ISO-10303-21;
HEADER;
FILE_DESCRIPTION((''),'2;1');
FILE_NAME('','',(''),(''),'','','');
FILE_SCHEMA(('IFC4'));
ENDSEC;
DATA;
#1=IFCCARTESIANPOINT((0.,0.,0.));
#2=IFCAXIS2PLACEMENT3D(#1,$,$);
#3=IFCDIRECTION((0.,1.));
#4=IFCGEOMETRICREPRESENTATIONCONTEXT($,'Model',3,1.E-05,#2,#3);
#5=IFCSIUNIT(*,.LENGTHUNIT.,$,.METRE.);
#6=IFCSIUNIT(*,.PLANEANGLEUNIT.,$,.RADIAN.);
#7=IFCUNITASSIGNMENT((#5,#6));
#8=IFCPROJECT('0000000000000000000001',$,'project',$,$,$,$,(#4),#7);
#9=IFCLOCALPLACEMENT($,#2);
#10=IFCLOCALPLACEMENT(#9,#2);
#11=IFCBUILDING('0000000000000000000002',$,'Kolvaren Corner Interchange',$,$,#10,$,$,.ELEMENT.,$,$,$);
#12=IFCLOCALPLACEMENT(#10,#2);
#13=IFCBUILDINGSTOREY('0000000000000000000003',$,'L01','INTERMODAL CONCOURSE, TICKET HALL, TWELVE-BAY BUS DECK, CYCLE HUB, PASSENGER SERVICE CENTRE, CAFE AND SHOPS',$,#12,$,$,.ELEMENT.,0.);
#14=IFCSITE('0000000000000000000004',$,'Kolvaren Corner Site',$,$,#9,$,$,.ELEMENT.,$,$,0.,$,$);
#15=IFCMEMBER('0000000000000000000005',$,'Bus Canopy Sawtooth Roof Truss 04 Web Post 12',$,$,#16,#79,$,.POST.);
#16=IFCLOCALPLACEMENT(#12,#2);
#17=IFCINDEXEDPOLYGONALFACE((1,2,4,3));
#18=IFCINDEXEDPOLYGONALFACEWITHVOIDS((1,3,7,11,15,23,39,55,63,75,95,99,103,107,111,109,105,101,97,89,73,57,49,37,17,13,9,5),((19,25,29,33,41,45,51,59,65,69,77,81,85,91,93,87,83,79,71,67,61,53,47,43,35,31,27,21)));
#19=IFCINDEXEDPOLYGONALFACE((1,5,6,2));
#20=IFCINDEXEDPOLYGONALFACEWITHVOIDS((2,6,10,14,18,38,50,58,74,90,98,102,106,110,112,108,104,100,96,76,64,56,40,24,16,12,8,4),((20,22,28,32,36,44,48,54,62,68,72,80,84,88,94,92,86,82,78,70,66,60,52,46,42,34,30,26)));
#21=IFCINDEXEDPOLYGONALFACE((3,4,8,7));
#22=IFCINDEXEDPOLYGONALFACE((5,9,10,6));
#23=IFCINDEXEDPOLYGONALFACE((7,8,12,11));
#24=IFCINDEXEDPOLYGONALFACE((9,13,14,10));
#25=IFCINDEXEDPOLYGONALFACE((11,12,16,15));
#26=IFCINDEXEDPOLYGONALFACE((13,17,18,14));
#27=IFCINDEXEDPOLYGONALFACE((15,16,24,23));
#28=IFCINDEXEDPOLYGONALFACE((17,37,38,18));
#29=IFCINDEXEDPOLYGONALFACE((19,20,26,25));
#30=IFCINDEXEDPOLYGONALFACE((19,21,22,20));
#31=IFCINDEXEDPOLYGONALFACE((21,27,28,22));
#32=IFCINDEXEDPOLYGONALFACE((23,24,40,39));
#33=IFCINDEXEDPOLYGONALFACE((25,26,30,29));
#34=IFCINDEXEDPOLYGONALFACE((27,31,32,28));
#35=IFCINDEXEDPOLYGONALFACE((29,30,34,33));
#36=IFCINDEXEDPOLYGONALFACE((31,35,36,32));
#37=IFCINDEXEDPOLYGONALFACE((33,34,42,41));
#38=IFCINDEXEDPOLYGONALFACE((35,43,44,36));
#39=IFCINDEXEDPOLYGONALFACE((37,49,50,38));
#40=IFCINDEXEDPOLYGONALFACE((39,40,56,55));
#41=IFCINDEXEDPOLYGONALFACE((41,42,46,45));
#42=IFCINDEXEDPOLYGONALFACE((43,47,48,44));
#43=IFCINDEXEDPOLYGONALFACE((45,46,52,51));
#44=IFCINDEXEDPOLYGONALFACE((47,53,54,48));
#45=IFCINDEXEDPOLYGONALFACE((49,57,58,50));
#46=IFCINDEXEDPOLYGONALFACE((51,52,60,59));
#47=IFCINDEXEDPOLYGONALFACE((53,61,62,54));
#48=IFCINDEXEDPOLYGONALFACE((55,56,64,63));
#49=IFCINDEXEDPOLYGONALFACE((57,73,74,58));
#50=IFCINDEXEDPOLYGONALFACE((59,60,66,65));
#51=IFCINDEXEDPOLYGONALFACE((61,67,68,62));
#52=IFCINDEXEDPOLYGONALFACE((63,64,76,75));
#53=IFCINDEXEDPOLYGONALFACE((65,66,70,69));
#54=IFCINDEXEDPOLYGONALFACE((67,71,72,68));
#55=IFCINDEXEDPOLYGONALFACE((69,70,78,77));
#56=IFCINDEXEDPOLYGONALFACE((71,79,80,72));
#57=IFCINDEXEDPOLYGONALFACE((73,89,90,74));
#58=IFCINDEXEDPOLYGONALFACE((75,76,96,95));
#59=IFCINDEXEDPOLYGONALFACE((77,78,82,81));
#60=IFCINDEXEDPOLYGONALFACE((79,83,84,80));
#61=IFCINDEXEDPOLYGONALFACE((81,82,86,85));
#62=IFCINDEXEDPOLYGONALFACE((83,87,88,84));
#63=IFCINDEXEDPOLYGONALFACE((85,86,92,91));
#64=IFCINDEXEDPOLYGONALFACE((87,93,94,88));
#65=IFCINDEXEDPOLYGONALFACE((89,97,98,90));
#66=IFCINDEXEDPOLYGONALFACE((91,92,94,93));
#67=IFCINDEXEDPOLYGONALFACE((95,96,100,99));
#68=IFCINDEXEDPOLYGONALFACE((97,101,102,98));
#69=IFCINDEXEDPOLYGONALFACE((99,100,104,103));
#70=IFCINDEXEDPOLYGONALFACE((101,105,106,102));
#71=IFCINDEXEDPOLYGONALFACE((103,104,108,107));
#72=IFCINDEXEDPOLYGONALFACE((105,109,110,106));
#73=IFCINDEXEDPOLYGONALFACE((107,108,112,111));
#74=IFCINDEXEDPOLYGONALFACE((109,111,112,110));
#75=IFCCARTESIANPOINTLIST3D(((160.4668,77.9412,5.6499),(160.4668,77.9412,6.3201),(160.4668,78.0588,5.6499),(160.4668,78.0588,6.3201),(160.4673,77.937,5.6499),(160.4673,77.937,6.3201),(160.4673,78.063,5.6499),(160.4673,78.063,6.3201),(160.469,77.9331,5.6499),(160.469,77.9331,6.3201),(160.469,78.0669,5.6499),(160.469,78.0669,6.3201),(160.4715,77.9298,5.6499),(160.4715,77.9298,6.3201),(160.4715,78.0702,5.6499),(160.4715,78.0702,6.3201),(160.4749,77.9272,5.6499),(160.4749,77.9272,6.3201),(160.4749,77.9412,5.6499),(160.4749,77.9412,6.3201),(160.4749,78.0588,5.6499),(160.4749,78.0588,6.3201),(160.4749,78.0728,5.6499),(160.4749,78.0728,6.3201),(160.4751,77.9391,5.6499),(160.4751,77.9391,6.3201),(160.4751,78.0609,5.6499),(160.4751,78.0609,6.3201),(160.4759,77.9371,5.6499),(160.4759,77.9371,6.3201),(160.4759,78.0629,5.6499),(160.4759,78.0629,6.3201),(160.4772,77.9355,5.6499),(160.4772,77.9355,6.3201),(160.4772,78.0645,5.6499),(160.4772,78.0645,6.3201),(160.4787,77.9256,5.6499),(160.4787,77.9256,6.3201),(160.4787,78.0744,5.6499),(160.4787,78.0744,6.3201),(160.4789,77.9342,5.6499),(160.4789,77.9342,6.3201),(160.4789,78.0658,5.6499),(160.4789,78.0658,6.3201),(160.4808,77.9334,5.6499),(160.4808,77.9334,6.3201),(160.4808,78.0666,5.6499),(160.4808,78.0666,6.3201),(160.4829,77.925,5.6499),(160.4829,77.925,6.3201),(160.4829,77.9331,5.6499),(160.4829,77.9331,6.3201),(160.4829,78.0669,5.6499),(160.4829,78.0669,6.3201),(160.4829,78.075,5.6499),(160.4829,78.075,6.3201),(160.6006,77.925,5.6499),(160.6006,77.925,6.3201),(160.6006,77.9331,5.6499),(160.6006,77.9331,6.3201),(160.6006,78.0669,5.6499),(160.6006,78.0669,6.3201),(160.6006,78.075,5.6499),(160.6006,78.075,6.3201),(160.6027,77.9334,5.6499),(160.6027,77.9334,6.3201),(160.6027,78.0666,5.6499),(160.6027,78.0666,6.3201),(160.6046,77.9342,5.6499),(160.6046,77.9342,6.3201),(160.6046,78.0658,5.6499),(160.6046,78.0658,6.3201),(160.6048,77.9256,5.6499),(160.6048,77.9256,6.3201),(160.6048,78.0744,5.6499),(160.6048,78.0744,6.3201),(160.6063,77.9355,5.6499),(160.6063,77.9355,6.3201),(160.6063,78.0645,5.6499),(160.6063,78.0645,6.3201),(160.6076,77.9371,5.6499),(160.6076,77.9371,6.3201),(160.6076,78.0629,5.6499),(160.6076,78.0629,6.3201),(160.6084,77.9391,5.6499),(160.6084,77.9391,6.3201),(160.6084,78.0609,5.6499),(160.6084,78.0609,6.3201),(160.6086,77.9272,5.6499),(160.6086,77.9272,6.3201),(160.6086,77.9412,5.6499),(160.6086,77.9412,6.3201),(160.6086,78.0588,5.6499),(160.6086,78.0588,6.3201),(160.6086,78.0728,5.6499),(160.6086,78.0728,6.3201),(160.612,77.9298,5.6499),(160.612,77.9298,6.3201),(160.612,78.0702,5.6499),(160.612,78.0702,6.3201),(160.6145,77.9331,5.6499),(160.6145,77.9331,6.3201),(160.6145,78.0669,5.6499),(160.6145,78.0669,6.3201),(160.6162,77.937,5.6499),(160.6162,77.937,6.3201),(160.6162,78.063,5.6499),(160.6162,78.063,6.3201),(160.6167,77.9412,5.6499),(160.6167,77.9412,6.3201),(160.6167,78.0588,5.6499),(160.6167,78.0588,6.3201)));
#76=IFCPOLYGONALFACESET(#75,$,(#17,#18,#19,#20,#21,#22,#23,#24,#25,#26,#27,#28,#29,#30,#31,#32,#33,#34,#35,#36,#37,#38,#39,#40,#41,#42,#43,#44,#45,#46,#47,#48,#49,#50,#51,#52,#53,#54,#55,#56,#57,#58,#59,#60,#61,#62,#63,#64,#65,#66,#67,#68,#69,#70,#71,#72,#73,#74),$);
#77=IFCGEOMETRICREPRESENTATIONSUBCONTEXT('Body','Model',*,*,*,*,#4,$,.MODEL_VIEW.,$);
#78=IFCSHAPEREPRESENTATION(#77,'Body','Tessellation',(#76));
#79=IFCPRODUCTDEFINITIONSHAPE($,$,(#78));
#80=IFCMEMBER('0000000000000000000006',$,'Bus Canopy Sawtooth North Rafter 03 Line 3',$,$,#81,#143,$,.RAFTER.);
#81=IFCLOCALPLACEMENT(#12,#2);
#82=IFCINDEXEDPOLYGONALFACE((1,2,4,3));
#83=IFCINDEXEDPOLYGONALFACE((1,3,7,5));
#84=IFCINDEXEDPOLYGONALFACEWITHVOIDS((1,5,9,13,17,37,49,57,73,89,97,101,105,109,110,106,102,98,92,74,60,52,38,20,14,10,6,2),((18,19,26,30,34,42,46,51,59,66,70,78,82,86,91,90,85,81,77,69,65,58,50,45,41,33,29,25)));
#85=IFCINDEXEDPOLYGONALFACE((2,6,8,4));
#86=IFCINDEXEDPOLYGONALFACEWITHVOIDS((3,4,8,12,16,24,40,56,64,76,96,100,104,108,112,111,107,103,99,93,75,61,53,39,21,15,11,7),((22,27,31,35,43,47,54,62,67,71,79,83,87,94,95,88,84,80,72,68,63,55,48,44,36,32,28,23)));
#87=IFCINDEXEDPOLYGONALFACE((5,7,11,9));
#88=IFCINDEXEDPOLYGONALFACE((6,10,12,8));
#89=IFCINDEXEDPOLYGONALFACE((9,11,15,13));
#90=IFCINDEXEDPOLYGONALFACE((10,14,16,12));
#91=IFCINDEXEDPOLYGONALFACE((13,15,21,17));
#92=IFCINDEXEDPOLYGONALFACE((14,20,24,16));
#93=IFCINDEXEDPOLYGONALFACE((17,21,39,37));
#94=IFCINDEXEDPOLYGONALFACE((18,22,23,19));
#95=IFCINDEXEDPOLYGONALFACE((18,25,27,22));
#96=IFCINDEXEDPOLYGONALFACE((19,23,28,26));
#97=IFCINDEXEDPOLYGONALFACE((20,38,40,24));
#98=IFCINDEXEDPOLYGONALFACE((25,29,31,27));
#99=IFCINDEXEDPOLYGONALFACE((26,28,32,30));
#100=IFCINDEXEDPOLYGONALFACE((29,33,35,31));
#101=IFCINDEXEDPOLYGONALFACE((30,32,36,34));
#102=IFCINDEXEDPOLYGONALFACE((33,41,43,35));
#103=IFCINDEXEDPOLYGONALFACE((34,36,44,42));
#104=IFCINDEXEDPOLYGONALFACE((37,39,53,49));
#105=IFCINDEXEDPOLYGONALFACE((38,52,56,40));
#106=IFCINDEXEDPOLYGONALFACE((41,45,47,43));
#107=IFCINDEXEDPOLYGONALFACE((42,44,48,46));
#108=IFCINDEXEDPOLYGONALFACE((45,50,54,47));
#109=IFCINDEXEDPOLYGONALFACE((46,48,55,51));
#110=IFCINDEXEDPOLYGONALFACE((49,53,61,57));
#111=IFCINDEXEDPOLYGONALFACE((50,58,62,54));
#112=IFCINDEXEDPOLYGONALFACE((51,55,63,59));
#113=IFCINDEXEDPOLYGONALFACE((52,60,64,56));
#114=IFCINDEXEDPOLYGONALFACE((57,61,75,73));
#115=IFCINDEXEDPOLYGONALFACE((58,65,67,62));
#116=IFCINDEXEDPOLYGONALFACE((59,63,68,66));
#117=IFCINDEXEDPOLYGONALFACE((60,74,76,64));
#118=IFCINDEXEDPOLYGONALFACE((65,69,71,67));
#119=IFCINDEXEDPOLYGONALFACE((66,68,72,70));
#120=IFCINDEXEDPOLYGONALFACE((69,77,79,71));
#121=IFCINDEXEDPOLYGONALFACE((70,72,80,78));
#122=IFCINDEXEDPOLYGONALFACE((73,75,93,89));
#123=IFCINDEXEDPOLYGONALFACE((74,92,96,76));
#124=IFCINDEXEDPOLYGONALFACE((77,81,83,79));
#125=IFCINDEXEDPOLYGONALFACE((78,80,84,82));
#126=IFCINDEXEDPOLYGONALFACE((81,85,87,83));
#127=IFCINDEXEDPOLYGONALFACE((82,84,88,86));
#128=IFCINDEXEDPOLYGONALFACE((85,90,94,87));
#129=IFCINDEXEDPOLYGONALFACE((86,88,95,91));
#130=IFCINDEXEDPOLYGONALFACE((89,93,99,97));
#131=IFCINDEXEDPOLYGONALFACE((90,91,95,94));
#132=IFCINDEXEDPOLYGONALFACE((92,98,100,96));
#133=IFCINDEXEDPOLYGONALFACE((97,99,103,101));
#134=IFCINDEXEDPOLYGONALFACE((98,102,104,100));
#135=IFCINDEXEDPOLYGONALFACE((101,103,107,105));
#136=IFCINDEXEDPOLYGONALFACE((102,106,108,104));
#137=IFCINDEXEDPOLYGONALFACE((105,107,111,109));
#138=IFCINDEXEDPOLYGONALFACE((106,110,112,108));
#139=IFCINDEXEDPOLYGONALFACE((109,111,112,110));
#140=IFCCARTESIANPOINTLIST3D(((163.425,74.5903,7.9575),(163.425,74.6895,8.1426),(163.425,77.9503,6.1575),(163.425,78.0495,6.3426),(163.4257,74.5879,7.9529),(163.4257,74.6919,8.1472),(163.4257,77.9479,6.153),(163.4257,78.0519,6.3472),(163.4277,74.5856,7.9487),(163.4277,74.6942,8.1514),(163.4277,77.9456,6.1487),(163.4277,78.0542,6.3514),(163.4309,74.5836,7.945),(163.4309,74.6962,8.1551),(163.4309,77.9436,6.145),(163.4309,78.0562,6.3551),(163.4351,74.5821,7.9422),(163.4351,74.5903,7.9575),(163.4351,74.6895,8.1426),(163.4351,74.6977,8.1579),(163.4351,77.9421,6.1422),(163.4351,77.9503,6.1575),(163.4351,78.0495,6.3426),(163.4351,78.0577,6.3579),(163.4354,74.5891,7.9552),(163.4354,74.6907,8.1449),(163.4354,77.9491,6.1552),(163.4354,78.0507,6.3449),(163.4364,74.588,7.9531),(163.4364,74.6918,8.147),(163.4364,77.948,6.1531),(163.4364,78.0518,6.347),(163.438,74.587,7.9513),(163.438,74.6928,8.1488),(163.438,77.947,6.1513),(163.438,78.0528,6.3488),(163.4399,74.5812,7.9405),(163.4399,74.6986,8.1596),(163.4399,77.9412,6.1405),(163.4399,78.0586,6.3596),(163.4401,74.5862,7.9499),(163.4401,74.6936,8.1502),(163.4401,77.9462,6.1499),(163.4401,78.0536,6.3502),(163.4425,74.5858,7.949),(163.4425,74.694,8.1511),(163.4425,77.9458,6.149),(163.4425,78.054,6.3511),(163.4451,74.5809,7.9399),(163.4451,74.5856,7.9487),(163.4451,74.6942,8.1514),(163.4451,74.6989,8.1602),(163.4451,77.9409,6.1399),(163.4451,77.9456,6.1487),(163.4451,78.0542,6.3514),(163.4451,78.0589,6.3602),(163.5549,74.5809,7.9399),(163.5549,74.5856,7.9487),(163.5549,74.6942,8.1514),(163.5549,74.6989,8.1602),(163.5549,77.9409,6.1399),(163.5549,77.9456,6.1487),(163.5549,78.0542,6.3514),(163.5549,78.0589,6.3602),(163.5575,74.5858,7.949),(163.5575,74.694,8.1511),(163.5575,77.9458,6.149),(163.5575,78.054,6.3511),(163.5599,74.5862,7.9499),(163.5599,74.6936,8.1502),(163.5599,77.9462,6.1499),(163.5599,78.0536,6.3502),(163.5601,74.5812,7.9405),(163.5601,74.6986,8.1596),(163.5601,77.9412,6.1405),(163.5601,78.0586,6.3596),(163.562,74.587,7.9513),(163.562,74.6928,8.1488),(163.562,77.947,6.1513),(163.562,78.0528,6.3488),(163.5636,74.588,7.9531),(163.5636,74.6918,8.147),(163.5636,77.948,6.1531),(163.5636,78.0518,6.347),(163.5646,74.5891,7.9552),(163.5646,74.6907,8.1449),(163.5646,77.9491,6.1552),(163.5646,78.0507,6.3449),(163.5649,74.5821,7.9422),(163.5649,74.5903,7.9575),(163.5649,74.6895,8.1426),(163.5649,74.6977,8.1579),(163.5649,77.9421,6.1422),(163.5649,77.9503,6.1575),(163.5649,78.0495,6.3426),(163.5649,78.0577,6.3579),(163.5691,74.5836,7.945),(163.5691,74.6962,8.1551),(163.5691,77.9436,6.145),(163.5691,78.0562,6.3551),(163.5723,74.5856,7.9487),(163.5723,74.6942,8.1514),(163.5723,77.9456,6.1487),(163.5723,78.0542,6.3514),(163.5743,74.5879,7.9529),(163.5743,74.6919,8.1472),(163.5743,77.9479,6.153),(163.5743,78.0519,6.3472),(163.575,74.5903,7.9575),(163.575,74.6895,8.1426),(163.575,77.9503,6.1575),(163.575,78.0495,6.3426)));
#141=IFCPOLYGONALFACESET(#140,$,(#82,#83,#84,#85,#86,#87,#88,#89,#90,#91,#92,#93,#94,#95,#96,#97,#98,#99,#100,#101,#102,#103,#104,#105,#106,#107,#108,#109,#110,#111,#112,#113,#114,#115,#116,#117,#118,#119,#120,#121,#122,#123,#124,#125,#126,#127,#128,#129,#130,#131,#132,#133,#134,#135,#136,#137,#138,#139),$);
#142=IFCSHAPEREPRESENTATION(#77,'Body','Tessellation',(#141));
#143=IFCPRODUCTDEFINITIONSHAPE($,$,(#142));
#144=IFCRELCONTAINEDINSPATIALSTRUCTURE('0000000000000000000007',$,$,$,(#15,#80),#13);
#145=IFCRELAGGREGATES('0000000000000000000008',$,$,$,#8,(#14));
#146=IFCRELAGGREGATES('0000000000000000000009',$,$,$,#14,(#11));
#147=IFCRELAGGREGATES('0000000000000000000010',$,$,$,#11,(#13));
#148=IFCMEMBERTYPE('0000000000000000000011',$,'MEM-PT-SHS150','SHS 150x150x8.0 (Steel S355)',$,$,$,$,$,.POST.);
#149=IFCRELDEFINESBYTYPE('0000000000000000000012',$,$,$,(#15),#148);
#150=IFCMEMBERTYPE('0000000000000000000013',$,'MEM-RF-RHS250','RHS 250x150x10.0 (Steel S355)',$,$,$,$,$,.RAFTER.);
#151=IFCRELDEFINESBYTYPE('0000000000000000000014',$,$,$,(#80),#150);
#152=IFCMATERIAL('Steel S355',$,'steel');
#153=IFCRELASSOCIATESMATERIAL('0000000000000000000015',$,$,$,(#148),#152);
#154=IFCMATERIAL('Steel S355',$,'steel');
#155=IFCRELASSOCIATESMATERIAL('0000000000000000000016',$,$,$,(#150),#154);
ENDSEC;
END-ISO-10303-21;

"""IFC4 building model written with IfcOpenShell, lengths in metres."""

from ifc_helpers import new_model, si_unit, direction, frame, origin, origin_2d, place, context, subcontext, project, spatial, hollow_rectangle, extrude, material, material_profile, profile_set, type_object, element, save


model = new_model("IFC4")

# Units and contexts
model_context = context("Model", 3, precision=1e-05, world=origin(), true_north=direction((0.0, 1.0)))
body_context = subcontext(model_context, "Body", "Model", "MODEL_VIEW")
ifc_project = project(units=[si_unit("LENGTHUNIT", "METRE"), si_unit("PLANEANGLEUNIT", "RADIAN")], contexts=[model_context])

# Site, building, storey
site_placement = place(None, origin())
site = spatial("IfcSite", under=ifc_project, at=site_placement, Name="Kolvaren Corner Site", CompositionType="ELEMENT", RefElevation=0.0)
building_placement = place(site_placement, origin())
building = spatial("IfcBuilding", under=site, at=building_placement, Name="Kolvaren Corner Interchange", CompositionType="ELEMENT")
storey_placement = place(building_placement, origin())
storey = spatial("IfcBuildingStorey", under=building, at=storey_placement, Name="L01", Description="INTERMODAL CONCOURSE, TICKET HALL, TWELVE-BAY BUS DECK, CYCLE HUB, PASSENGER SERVICE CENTRE, CAFE AND SHOPS", CompositionType="ELEMENT", Elevation=0.0)

# Members
ifc_material_1 = material(Name="Steel S355", Category="steel")
ifc_material_profile_1 = material_profile(ifc_material_1, hollow_rectangle(XDim=0.1499, YDim=0.1499, WallThickness=0.0081, InnerFilletRadius=0.0081, OuterFilletRadius=0.0161, at=origin_2d()), Name="SHS 150x150x8.0")
ifc_profile_set_1 = profile_set([ifc_material_profile_1], Name="Steel S355")
member_type_1 = type_object("IfcMemberType", Name="MEM-PT-SHS150", Description="SHS 150x150x8.0 (Steel S355)", PredefinedType="POST", material=ifc_profile_set_1)
for number, where, z_axis, x_axis, name in (
    (1, (160.5417, 78.0, 5.6499), (0.0, 0.0, 1.0), (1.0, 0.0, 0.0), "Bus Canopy Sawtooth Roof Truss 04 Web Post 12"),
):
    element("IfcMember", number, at=place(storey_placement, frame(where, z_axis=z_axis, x_axis=x_axis)), inside=storey, type_object=member_type_1, Name=name, PredefinedType="POST", context=body_context, shape_type="SweptSolid", body=[
        extrude(hollow_rectangle(XDim=0.1499, YDim=0.1499, WallThickness=0.0081, InnerFilletRadius=0.0081, OuterFilletRadius=0.0161, at=origin_2d()), origin(), (0.0, 0.0, 1.0), 0.6702),
    ])
ifc_material_2 = material(Name="Steel S355", Category="steel")
ifc_material_profile_2 = material_profile(ifc_material_2, hollow_rectangle(XDim=0.1499, YDim=0.25, WallThickness=0.01, InnerFilletRadius=0.01, OuterFilletRadius=0.02, at=origin_2d()), Name="RHS 250x150x10.0")
ifc_profile_set_2 = profile_set([ifc_material_profile_2], Name="Steel S355")
member_type_2 = type_object("IfcMemberType", Name="MEM-RF-RHS250", Description="RHS 250x150x10.0 (Steel S355)", PredefinedType="RAFTER", material=ifc_profile_set_2)
for number, where, z_axis, x_axis, name in (
    (2, (163.5, 74.6399, 8.05), (0.0, 0.881481, -0.47222), (-1.0, 0.0, 0.0), "Bus Canopy Sawtooth North Rafter 03 Line 3"),
):
    element("IfcMember", number, at=place(storey_placement, frame(where, z_axis=z_axis, x_axis=x_axis)), inside=storey, type_object=member_type_2, Name=name, PredefinedType="RAFTER", context=body_context, shape_type="SweptSolid", body=[
        extrude(hollow_rectangle(XDim=0.1499, YDim=0.25, WallThickness=0.01, InnerFilletRadius=0.01, OuterFilletRadius=0.02, at=origin_2d()), origin(), (0.0, 0.0, 1.0), 3.8118),
    ])

save(model, "model.ifc")
